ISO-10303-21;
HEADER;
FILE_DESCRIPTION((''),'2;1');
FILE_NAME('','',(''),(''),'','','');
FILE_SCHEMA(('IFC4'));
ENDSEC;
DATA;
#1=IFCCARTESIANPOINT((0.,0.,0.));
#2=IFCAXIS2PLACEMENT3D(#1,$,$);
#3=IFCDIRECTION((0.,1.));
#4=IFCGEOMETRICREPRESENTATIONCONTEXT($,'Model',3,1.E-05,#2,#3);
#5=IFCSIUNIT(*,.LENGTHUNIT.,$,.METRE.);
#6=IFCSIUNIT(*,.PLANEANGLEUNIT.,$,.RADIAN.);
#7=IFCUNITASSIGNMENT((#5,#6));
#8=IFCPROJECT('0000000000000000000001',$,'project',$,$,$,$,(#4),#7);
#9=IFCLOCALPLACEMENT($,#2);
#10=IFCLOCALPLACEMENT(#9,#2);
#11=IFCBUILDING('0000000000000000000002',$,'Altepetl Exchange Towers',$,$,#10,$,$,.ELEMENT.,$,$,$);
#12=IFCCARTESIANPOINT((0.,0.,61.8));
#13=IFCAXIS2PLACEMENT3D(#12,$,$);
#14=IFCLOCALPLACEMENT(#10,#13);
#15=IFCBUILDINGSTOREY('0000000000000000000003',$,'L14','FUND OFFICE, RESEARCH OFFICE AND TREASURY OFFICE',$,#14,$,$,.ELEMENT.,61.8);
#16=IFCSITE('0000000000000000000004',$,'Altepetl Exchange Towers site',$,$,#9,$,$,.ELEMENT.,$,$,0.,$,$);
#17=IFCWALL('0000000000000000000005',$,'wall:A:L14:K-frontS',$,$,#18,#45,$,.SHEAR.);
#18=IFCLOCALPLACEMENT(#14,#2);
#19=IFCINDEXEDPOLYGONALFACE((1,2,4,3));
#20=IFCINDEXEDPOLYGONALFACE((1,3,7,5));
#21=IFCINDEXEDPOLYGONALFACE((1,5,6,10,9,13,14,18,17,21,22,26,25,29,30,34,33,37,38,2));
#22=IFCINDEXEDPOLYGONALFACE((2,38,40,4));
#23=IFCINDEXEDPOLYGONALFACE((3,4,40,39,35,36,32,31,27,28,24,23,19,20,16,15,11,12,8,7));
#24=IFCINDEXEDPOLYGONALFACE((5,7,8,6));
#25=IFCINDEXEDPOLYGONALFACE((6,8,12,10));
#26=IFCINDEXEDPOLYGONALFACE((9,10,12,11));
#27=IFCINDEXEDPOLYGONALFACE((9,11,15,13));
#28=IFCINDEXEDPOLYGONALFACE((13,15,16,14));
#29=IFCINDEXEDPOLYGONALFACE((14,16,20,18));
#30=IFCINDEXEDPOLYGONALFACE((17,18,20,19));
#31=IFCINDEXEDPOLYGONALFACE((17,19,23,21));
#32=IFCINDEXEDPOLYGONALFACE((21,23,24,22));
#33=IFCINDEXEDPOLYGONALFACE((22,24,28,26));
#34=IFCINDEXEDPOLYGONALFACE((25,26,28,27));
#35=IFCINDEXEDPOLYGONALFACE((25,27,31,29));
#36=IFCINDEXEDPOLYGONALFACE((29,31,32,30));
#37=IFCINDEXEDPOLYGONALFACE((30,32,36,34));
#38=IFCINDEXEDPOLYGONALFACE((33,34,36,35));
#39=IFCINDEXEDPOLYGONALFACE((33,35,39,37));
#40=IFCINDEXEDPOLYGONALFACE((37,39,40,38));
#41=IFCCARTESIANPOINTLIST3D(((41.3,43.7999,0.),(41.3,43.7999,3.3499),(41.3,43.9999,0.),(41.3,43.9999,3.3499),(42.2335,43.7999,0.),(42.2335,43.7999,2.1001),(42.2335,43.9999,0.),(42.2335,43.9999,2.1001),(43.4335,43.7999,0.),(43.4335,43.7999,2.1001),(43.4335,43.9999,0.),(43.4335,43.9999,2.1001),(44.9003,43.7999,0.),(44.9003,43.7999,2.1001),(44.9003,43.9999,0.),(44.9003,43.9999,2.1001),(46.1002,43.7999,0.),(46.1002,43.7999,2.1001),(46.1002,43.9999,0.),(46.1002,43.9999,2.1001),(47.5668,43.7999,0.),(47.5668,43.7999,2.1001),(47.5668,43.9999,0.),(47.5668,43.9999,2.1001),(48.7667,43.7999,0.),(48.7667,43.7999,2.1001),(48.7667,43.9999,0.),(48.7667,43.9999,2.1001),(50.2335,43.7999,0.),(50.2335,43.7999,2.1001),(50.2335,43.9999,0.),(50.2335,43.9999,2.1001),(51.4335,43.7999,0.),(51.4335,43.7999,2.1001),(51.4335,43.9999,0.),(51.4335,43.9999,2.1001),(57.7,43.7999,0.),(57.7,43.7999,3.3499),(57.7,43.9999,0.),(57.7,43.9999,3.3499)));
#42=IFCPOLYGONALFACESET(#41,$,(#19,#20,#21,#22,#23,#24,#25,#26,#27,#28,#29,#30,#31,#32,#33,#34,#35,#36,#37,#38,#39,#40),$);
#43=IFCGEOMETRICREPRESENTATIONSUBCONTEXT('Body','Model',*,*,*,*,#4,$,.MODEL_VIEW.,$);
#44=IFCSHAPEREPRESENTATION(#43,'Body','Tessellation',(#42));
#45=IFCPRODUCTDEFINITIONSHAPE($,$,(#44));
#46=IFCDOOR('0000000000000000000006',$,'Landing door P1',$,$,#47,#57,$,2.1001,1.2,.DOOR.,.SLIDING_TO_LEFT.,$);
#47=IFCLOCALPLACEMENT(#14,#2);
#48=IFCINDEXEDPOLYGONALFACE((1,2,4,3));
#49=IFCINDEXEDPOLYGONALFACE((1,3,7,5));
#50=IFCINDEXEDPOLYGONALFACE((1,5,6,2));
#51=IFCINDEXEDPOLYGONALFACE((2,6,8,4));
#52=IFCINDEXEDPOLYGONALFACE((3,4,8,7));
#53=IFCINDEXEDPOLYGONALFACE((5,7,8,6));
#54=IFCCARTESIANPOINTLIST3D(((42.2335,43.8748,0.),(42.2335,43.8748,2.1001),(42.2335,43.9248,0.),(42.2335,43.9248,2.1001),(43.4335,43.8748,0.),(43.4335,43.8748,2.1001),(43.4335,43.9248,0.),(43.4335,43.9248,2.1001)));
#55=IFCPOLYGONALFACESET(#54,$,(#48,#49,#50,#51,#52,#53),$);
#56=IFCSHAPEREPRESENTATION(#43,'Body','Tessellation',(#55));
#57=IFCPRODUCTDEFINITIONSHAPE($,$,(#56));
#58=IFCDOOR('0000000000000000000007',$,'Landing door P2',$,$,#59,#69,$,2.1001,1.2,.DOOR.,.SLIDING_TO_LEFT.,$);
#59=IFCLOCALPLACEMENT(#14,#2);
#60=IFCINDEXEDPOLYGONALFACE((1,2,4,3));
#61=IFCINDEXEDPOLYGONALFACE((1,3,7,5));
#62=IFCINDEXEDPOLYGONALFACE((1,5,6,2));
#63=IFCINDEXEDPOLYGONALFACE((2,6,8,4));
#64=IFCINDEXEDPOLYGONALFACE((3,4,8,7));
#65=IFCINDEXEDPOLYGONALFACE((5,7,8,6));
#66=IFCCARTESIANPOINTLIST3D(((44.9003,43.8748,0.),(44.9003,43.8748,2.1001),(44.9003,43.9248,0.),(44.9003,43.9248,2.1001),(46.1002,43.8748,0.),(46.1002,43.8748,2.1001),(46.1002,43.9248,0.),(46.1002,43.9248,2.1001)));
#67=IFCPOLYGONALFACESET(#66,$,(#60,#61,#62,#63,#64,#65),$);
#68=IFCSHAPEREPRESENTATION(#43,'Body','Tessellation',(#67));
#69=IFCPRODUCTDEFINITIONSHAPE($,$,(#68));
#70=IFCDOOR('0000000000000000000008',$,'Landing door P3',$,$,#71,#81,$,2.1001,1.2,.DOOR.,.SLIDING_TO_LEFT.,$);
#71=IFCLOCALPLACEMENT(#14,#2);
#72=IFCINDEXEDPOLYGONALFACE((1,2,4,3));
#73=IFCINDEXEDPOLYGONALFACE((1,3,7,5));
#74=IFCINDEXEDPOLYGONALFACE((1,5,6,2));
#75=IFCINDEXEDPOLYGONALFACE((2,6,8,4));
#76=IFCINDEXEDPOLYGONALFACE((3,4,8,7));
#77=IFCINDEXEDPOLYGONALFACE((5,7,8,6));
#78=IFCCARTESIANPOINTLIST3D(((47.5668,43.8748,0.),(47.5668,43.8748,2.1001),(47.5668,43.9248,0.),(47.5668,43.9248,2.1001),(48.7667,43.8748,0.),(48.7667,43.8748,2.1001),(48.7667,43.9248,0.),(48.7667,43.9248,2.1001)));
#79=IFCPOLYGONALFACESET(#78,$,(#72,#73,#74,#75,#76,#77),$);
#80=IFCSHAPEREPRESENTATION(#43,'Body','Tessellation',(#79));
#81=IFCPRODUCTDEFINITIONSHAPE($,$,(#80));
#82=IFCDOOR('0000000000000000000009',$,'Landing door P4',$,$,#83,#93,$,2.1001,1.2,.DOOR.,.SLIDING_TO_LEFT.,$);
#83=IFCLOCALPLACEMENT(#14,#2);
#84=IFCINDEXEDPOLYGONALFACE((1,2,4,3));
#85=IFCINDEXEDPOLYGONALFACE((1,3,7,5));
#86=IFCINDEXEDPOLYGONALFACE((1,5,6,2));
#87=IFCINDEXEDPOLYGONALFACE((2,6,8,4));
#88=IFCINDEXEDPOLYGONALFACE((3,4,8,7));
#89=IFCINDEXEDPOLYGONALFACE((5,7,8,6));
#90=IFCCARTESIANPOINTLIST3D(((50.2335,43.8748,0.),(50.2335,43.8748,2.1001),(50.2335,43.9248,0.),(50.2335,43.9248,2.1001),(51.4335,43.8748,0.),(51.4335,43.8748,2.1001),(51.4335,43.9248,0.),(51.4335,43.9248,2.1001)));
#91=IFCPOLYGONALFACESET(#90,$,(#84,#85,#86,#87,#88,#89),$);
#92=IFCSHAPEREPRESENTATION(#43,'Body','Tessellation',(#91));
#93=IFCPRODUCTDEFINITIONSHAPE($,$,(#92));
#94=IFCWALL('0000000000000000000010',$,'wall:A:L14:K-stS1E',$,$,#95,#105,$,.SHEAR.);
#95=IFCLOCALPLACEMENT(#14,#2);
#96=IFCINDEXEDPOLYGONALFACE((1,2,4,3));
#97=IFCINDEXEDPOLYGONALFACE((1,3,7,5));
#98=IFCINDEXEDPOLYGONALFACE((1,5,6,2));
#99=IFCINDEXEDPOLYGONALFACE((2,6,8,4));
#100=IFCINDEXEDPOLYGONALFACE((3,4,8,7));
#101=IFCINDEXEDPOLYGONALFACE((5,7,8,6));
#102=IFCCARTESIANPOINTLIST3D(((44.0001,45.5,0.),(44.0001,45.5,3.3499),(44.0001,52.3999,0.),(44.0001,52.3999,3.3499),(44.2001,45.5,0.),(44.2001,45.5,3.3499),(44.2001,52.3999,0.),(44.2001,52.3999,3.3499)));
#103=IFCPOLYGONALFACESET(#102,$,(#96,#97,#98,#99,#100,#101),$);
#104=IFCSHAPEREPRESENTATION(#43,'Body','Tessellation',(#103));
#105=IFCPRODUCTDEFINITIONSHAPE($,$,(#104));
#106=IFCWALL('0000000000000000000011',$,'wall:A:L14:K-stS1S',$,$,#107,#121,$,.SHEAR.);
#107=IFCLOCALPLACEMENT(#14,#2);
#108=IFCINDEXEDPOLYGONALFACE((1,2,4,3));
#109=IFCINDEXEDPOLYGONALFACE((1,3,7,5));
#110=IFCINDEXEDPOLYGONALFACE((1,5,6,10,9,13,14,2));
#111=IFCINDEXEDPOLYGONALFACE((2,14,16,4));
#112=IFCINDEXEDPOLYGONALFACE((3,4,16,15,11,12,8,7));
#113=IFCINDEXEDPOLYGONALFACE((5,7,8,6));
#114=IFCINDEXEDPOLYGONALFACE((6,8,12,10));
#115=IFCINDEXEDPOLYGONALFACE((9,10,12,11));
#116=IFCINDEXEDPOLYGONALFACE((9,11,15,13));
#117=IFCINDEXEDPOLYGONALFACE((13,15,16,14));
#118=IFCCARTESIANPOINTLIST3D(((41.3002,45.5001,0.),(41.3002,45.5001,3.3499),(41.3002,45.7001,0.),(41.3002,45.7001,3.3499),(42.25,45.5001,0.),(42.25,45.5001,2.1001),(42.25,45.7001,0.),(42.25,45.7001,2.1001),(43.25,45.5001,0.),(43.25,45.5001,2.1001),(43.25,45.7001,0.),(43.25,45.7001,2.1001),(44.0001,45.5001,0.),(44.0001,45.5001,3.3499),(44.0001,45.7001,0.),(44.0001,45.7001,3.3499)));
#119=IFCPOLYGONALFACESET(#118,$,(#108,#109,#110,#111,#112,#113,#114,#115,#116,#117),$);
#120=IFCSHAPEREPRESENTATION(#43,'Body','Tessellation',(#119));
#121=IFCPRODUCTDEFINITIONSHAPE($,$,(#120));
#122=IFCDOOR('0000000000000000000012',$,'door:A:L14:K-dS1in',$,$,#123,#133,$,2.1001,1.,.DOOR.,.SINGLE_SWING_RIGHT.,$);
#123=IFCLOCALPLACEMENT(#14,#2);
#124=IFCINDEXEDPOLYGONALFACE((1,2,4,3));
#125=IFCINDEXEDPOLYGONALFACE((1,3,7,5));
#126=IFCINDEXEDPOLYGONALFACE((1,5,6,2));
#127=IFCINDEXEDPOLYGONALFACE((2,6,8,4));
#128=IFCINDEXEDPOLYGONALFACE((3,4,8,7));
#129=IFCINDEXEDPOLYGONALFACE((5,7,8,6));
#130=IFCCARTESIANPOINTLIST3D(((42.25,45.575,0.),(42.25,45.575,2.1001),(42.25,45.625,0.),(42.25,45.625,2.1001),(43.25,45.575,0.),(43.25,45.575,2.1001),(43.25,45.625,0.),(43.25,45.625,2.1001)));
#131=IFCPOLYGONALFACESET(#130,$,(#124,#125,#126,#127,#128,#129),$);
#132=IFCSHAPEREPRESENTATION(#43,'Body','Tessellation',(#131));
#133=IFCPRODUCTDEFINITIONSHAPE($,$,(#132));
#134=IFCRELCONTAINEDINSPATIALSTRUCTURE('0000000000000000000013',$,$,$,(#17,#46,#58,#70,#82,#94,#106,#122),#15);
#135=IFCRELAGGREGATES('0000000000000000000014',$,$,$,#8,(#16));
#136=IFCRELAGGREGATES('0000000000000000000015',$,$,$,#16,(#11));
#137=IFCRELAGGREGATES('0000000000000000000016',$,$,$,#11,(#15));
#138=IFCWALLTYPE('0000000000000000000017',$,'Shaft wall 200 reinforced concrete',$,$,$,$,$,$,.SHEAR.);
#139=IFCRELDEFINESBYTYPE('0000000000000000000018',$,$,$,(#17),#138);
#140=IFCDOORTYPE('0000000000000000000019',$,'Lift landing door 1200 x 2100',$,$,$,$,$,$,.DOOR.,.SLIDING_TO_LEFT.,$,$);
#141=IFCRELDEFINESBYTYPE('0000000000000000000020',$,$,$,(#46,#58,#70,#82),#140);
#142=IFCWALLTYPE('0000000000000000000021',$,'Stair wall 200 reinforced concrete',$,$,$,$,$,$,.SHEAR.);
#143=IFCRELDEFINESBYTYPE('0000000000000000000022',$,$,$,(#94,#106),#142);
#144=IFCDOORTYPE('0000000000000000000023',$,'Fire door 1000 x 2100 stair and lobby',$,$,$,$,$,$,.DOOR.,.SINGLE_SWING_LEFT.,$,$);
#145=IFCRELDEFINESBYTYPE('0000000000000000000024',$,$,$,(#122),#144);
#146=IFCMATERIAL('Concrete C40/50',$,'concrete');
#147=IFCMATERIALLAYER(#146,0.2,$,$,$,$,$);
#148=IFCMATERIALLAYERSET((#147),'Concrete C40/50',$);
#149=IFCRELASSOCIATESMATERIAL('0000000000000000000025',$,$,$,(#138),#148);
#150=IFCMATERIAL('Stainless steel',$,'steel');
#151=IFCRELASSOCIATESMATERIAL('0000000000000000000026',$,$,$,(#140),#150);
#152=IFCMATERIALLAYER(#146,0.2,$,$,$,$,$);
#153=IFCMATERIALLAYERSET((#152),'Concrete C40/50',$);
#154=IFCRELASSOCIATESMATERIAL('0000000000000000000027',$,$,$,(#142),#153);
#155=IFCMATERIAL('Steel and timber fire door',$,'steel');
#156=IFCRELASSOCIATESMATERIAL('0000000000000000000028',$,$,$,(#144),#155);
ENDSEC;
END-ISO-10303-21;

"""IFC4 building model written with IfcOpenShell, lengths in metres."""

from ifc_helpers import new_model, si_unit, direction, frame, frame_2d, origin, place, context, subcontext, project, spatial, rectangle, extrude, material, layer, layer_set, type_object, element, fill, save


model = new_model("IFC4")

# Units and contexts
model_context = context("Model", 3, precision=1e-05, world=origin(), true_north=direction((0.0, 1.0)))
body_context = subcontext(model_context, "Body", "Model", "MODEL_VIEW")
ifc_project = project(units=[si_unit("LENGTHUNIT", "METRE"), si_unit("PLANEANGLEUNIT", "RADIAN")], contexts=[model_context])

# Site, building, storey
site_placement = place(None, origin())
site = spatial("IfcSite", under=ifc_project, at=site_placement, Name="Altepetl Exchange Towers site", CompositionType="ELEMENT", RefElevation=0.0)
building_placement = place(site_placement, origin())
building = spatial("IfcBuilding", under=site, at=building_placement, Name="Altepetl Exchange Towers", CompositionType="ELEMENT")
storey_placement = place(building_placement, frame((0.0, 0.0, 61.8)))
storey = spatial("IfcBuildingStorey", under=building, at=storey_placement, Name="L14", Description="FUND OFFICE, RESEARCH OFFICE AND TREASURY OFFICE", CompositionType="ELEMENT", Elevation=61.8)

# Shared definitions
ifc_material_1 = material(Name="Steel and timber fire door", Category="steel")

# Shared definitions
ifc_material_2 = material(Name="Concrete C40/50", Category="concrete")
ifc_layer_1 = layer(ifc_material_2, 0.2)
ifc_layer_set_1 = layer_set([ifc_layer_1], Name="Concrete C40/50")
wall_type_1 = type_object("IfcWallType", Name="Shaft wall 200 reinforced concrete", PredefinedType="SHEAR", material=ifc_layer_set_1)

# Wall, openings, doors
wall_1_placement = place(storey_placement, frame((41.3, 43.8999, 0.0)))
wall_1 = element("IfcWall", 1, at=wall_1_placement, inside=storey, type_object=wall_type_1, Name="wall:A:L14:K-frontS", PredefinedType="SHEAR", context=body_context, shape_type="SweptSolid", body=[
    extrude(rectangle(XDim=16.3999, YDim=0.2, at=frame_2d((8.2, 0.0))), origin(), (0.0, 0.0, 1.0), 3.3499),
])
opening_1_placement = place(wall_1_placement, frame((0.9333, 0.0, 0.0)))
opening_1 = element("IfcOpeningElement", 2, at=opening_1_placement, cuts=wall_1, PredefinedType="OPENING", context=body_context, shape_type="SweptSolid", body=[
    extrude(rectangle(XDim=1.2, YDim=2.1001, at=frame_2d((0.6001, 1.05))), frame((0.0, 0.1099, 0.0), z_axis=(0.0, -1.0, 0.0), x_axis=(1.0, 0.0, 0.0)), (0.0, 0.0, 1.0), 0.22),
])
opening_2_placement = place(wall_1_placement, frame((3.6001, 0.0, 0.0)))
opening_2 = element("IfcOpeningElement", 3, at=opening_2_placement, cuts=wall_1, PredefinedType="OPENING", context=body_context, shape_type="SweptSolid", body=[
    extrude(rectangle(XDim=1.2, YDim=2.1001, at=frame_2d((0.6001, 1.05))), frame((0.0, 0.1099, 0.0), z_axis=(0.0, -1.0, 0.0), x_axis=(1.0, 0.0, 0.0)), (0.0, 0.0, 1.0), 0.22),
])
opening_3_placement = place(wall_1_placement, frame((6.2666, 0.0, 0.0)))
opening_3 = element("IfcOpeningElement", 4, at=opening_3_placement, cuts=wall_1, PredefinedType="OPENING", context=body_context, shape_type="SweptSolid", body=[
    extrude(rectangle(XDim=1.2, YDim=2.1001, at=frame_2d((0.6001, 1.05))), frame((0.0, 0.1099, 0.0), z_axis=(0.0, -1.0, 0.0), x_axis=(1.0, 0.0, 0.0)), (0.0, 0.0, 1.0), 0.22),
])
opening_4_placement = place(wall_1_placement, frame((8.9333, 0.0, 0.0)))
opening_4 = element("IfcOpeningElement", 5, at=opening_4_placement, cuts=wall_1, PredefinedType="OPENING", context=body_context, shape_type="SweptSolid", body=[
    extrude(rectangle(XDim=1.2, YDim=2.1001, at=frame_2d((0.6001, 1.05))), frame((0.0, 0.1099, 0.0), z_axis=(0.0, -1.0, 0.0), x_axis=(1.0, 0.0, 0.0)), (0.0, 0.0, 1.0), 0.22),
])
ifc_material_3 = material(Name="Stainless steel", Category="steel")
door_type_1 = type_object("IfcDoorType", Name="Lift landing door 1200 x 2100", OperationType="SLIDING_TO_LEFT", PredefinedType="DOOR", material=ifc_material_3)
door_1_placement = place(opening_1_placement, origin())
door_1 = element("IfcDoor", 6, at=door_1_placement, inside=storey, type_object=door_type_1, Name="Landing door P1", OperationType="SLIDING_TO_LEFT", OverallHeight=2.1001, OverallWidth=1.2, PredefinedType="DOOR", context=body_context, shape_type="SweptSolid", body=[
    extrude(rectangle(XDim=1.2, YDim=2.1001, at=frame_2d((0.6001, 1.05))), frame((0.0, 0.0249, 0.0), z_axis=(0.0, -1.0, 0.0), x_axis=(1.0, 0.0, 0.0)), (0.0, 0.0, 1.0), 0.05),
])
fill(opening_1, door_1)
door_2_placement = place(opening_2_placement, origin())
door_2 = element("IfcDoor", 7, at=door_2_placement, inside=storey, type_object=door_type_1, Name="Landing door P2", OperationType="SLIDING_TO_LEFT", OverallHeight=2.1001, OverallWidth=1.2, PredefinedType="DOOR", context=body_context, shape_type="SweptSolid", body=[
    extrude(rectangle(XDim=1.2, YDim=2.1001, at=frame_2d((0.6001, 1.05))), frame((0.0, 0.0249, 0.0), z_axis=(0.0, -1.0, 0.0), x_axis=(1.0, 0.0, 0.0)), (0.0, 0.0, 1.0), 0.05),
])
fill(opening_2, door_2)
door_3_placement = place(opening_3_placement, origin())
door_3 = element("IfcDoor", 8, at=door_3_placement, inside=storey, type_object=door_type_1, Name="Landing door P3", OperationType="SLIDING_TO_LEFT", OverallHeight=2.1001, OverallWidth=1.2, PredefinedType="DOOR", context=body_context, shape_type="SweptSolid", body=[
    extrude(rectangle(XDim=1.2, YDim=2.1001, at=frame_2d((0.6001, 1.05))), frame((0.0, 0.0249, 0.0), z_axis=(0.0, -1.0, 0.0), x_axis=(1.0, 0.0, 0.0)), (0.0, 0.0, 1.0), 0.05),
])
fill(opening_3, door_3)
door_4_placement = place(opening_4_placement, origin())
door_4 = element("IfcDoor", 9, at=door_4_placement, inside=storey, type_object=door_type_1, Name="Landing door P4", OperationType="SLIDING_TO_LEFT", OverallHeight=2.1001, OverallWidth=1.2, PredefinedType="DOOR", context=body_context, shape_type="SweptSolid", body=[
    extrude(rectangle(XDim=1.2, YDim=2.1001, at=frame_2d((0.6001, 1.05))), frame((0.0, 0.0249, 0.0), z_axis=(0.0, -1.0, 0.0), x_axis=(1.0, 0.0, 0.0)), (0.0, 0.0, 1.0), 0.05),
])
fill(opening_4, door_4)

# Wall
ifc_layer_2 = layer(ifc_material_2, 0.2)
ifc_layer_set_2 = layer_set([ifc_layer_2], Name="Concrete C40/50")
wall_type_2 = type_object("IfcWallType", Name="Stair wall 200 reinforced concrete", PredefinedType="SHEAR", material=ifc_layer_set_2)
wall_2_placement = place(storey_placement, frame((44.1001, 45.5, 0.0), z_axis=(0.0, 0.0, 1.0), x_axis=(0.0, 1.0, 0.0)))
element("IfcWall", 10, at=wall_2_placement, inside=storey, type_object=wall_type_2, Name="wall:A:L14:K-stS1E", PredefinedType="SHEAR", context=body_context, shape_type="SweptSolid", body=[
    extrude(rectangle(XDim=6.8999, YDim=0.2, at=frame_2d((3.45, 0.0))), origin(), (0.0, 0.0, 1.0), 3.3499),
])

# Wall, opening, door
wall_3_placement = place(storey_placement, frame((41.3, 45.6001, 0.0)))
wall_3 = element("IfcWall", 11, at=wall_3_placement, inside=storey, type_object=wall_type_2, Name="wall:A:L14:K-stS1S", PredefinedType="SHEAR", context=body_context, shape_type="SweptSolid", body=[
    extrude(rectangle(XDim=2.7, YDim=0.2, at=frame_2d((1.3501, 0.0))), origin(), (0.0, 0.0, 1.0), 3.3499),
])
opening_5_placement = place(wall_3_placement, frame((0.95, 0.0, 0.0)))
opening_5 = element("IfcOpeningElement", 12, at=opening_5_placement, cuts=wall_3, PredefinedType="OPENING", context=body_context, shape_type="SweptSolid", body=[
    extrude(rectangle(XDim=1.0, YDim=2.1001, at=frame_2d((0.5, 1.05))), frame((0.0, 0.1099, 0.0), z_axis=(0.0, -1.0, 0.0), x_axis=(1.0, 0.0, 0.0)), (0.0, 0.0, 1.0), 0.22),
])
door_type_2 = type_object("IfcDoorType", Name="Fire door 1000 x 2100 stair and lobby", OperationType="SINGLE_SWING_LEFT", PredefinedType="DOOR", material=ifc_material_1)
door_5_placement = place(opening_5_placement, origin())
door_5 = element("IfcDoor", 13, at=door_5_placement, inside=storey, type_object=door_type_2, Name="door:A:L14:K-dS1in", OperationType="SINGLE_SWING_RIGHT", OverallHeight=2.1001, OverallWidth=1.0, PredefinedType="DOOR", context=body_context, shape_type="SweptSolid", body=[
    extrude(rectangle(XDim=1.0, YDim=2.1001, at=frame_2d((0.5, 1.05))), frame((0.0, 0.0249, 0.0), z_axis=(0.0, -1.0, 0.0), x_axis=(1.0, 0.0, 0.0)), (0.0, 0.0, 1.0), 0.05),
])
fill(opening_5, door_5)

save(model, "model.ifc")
